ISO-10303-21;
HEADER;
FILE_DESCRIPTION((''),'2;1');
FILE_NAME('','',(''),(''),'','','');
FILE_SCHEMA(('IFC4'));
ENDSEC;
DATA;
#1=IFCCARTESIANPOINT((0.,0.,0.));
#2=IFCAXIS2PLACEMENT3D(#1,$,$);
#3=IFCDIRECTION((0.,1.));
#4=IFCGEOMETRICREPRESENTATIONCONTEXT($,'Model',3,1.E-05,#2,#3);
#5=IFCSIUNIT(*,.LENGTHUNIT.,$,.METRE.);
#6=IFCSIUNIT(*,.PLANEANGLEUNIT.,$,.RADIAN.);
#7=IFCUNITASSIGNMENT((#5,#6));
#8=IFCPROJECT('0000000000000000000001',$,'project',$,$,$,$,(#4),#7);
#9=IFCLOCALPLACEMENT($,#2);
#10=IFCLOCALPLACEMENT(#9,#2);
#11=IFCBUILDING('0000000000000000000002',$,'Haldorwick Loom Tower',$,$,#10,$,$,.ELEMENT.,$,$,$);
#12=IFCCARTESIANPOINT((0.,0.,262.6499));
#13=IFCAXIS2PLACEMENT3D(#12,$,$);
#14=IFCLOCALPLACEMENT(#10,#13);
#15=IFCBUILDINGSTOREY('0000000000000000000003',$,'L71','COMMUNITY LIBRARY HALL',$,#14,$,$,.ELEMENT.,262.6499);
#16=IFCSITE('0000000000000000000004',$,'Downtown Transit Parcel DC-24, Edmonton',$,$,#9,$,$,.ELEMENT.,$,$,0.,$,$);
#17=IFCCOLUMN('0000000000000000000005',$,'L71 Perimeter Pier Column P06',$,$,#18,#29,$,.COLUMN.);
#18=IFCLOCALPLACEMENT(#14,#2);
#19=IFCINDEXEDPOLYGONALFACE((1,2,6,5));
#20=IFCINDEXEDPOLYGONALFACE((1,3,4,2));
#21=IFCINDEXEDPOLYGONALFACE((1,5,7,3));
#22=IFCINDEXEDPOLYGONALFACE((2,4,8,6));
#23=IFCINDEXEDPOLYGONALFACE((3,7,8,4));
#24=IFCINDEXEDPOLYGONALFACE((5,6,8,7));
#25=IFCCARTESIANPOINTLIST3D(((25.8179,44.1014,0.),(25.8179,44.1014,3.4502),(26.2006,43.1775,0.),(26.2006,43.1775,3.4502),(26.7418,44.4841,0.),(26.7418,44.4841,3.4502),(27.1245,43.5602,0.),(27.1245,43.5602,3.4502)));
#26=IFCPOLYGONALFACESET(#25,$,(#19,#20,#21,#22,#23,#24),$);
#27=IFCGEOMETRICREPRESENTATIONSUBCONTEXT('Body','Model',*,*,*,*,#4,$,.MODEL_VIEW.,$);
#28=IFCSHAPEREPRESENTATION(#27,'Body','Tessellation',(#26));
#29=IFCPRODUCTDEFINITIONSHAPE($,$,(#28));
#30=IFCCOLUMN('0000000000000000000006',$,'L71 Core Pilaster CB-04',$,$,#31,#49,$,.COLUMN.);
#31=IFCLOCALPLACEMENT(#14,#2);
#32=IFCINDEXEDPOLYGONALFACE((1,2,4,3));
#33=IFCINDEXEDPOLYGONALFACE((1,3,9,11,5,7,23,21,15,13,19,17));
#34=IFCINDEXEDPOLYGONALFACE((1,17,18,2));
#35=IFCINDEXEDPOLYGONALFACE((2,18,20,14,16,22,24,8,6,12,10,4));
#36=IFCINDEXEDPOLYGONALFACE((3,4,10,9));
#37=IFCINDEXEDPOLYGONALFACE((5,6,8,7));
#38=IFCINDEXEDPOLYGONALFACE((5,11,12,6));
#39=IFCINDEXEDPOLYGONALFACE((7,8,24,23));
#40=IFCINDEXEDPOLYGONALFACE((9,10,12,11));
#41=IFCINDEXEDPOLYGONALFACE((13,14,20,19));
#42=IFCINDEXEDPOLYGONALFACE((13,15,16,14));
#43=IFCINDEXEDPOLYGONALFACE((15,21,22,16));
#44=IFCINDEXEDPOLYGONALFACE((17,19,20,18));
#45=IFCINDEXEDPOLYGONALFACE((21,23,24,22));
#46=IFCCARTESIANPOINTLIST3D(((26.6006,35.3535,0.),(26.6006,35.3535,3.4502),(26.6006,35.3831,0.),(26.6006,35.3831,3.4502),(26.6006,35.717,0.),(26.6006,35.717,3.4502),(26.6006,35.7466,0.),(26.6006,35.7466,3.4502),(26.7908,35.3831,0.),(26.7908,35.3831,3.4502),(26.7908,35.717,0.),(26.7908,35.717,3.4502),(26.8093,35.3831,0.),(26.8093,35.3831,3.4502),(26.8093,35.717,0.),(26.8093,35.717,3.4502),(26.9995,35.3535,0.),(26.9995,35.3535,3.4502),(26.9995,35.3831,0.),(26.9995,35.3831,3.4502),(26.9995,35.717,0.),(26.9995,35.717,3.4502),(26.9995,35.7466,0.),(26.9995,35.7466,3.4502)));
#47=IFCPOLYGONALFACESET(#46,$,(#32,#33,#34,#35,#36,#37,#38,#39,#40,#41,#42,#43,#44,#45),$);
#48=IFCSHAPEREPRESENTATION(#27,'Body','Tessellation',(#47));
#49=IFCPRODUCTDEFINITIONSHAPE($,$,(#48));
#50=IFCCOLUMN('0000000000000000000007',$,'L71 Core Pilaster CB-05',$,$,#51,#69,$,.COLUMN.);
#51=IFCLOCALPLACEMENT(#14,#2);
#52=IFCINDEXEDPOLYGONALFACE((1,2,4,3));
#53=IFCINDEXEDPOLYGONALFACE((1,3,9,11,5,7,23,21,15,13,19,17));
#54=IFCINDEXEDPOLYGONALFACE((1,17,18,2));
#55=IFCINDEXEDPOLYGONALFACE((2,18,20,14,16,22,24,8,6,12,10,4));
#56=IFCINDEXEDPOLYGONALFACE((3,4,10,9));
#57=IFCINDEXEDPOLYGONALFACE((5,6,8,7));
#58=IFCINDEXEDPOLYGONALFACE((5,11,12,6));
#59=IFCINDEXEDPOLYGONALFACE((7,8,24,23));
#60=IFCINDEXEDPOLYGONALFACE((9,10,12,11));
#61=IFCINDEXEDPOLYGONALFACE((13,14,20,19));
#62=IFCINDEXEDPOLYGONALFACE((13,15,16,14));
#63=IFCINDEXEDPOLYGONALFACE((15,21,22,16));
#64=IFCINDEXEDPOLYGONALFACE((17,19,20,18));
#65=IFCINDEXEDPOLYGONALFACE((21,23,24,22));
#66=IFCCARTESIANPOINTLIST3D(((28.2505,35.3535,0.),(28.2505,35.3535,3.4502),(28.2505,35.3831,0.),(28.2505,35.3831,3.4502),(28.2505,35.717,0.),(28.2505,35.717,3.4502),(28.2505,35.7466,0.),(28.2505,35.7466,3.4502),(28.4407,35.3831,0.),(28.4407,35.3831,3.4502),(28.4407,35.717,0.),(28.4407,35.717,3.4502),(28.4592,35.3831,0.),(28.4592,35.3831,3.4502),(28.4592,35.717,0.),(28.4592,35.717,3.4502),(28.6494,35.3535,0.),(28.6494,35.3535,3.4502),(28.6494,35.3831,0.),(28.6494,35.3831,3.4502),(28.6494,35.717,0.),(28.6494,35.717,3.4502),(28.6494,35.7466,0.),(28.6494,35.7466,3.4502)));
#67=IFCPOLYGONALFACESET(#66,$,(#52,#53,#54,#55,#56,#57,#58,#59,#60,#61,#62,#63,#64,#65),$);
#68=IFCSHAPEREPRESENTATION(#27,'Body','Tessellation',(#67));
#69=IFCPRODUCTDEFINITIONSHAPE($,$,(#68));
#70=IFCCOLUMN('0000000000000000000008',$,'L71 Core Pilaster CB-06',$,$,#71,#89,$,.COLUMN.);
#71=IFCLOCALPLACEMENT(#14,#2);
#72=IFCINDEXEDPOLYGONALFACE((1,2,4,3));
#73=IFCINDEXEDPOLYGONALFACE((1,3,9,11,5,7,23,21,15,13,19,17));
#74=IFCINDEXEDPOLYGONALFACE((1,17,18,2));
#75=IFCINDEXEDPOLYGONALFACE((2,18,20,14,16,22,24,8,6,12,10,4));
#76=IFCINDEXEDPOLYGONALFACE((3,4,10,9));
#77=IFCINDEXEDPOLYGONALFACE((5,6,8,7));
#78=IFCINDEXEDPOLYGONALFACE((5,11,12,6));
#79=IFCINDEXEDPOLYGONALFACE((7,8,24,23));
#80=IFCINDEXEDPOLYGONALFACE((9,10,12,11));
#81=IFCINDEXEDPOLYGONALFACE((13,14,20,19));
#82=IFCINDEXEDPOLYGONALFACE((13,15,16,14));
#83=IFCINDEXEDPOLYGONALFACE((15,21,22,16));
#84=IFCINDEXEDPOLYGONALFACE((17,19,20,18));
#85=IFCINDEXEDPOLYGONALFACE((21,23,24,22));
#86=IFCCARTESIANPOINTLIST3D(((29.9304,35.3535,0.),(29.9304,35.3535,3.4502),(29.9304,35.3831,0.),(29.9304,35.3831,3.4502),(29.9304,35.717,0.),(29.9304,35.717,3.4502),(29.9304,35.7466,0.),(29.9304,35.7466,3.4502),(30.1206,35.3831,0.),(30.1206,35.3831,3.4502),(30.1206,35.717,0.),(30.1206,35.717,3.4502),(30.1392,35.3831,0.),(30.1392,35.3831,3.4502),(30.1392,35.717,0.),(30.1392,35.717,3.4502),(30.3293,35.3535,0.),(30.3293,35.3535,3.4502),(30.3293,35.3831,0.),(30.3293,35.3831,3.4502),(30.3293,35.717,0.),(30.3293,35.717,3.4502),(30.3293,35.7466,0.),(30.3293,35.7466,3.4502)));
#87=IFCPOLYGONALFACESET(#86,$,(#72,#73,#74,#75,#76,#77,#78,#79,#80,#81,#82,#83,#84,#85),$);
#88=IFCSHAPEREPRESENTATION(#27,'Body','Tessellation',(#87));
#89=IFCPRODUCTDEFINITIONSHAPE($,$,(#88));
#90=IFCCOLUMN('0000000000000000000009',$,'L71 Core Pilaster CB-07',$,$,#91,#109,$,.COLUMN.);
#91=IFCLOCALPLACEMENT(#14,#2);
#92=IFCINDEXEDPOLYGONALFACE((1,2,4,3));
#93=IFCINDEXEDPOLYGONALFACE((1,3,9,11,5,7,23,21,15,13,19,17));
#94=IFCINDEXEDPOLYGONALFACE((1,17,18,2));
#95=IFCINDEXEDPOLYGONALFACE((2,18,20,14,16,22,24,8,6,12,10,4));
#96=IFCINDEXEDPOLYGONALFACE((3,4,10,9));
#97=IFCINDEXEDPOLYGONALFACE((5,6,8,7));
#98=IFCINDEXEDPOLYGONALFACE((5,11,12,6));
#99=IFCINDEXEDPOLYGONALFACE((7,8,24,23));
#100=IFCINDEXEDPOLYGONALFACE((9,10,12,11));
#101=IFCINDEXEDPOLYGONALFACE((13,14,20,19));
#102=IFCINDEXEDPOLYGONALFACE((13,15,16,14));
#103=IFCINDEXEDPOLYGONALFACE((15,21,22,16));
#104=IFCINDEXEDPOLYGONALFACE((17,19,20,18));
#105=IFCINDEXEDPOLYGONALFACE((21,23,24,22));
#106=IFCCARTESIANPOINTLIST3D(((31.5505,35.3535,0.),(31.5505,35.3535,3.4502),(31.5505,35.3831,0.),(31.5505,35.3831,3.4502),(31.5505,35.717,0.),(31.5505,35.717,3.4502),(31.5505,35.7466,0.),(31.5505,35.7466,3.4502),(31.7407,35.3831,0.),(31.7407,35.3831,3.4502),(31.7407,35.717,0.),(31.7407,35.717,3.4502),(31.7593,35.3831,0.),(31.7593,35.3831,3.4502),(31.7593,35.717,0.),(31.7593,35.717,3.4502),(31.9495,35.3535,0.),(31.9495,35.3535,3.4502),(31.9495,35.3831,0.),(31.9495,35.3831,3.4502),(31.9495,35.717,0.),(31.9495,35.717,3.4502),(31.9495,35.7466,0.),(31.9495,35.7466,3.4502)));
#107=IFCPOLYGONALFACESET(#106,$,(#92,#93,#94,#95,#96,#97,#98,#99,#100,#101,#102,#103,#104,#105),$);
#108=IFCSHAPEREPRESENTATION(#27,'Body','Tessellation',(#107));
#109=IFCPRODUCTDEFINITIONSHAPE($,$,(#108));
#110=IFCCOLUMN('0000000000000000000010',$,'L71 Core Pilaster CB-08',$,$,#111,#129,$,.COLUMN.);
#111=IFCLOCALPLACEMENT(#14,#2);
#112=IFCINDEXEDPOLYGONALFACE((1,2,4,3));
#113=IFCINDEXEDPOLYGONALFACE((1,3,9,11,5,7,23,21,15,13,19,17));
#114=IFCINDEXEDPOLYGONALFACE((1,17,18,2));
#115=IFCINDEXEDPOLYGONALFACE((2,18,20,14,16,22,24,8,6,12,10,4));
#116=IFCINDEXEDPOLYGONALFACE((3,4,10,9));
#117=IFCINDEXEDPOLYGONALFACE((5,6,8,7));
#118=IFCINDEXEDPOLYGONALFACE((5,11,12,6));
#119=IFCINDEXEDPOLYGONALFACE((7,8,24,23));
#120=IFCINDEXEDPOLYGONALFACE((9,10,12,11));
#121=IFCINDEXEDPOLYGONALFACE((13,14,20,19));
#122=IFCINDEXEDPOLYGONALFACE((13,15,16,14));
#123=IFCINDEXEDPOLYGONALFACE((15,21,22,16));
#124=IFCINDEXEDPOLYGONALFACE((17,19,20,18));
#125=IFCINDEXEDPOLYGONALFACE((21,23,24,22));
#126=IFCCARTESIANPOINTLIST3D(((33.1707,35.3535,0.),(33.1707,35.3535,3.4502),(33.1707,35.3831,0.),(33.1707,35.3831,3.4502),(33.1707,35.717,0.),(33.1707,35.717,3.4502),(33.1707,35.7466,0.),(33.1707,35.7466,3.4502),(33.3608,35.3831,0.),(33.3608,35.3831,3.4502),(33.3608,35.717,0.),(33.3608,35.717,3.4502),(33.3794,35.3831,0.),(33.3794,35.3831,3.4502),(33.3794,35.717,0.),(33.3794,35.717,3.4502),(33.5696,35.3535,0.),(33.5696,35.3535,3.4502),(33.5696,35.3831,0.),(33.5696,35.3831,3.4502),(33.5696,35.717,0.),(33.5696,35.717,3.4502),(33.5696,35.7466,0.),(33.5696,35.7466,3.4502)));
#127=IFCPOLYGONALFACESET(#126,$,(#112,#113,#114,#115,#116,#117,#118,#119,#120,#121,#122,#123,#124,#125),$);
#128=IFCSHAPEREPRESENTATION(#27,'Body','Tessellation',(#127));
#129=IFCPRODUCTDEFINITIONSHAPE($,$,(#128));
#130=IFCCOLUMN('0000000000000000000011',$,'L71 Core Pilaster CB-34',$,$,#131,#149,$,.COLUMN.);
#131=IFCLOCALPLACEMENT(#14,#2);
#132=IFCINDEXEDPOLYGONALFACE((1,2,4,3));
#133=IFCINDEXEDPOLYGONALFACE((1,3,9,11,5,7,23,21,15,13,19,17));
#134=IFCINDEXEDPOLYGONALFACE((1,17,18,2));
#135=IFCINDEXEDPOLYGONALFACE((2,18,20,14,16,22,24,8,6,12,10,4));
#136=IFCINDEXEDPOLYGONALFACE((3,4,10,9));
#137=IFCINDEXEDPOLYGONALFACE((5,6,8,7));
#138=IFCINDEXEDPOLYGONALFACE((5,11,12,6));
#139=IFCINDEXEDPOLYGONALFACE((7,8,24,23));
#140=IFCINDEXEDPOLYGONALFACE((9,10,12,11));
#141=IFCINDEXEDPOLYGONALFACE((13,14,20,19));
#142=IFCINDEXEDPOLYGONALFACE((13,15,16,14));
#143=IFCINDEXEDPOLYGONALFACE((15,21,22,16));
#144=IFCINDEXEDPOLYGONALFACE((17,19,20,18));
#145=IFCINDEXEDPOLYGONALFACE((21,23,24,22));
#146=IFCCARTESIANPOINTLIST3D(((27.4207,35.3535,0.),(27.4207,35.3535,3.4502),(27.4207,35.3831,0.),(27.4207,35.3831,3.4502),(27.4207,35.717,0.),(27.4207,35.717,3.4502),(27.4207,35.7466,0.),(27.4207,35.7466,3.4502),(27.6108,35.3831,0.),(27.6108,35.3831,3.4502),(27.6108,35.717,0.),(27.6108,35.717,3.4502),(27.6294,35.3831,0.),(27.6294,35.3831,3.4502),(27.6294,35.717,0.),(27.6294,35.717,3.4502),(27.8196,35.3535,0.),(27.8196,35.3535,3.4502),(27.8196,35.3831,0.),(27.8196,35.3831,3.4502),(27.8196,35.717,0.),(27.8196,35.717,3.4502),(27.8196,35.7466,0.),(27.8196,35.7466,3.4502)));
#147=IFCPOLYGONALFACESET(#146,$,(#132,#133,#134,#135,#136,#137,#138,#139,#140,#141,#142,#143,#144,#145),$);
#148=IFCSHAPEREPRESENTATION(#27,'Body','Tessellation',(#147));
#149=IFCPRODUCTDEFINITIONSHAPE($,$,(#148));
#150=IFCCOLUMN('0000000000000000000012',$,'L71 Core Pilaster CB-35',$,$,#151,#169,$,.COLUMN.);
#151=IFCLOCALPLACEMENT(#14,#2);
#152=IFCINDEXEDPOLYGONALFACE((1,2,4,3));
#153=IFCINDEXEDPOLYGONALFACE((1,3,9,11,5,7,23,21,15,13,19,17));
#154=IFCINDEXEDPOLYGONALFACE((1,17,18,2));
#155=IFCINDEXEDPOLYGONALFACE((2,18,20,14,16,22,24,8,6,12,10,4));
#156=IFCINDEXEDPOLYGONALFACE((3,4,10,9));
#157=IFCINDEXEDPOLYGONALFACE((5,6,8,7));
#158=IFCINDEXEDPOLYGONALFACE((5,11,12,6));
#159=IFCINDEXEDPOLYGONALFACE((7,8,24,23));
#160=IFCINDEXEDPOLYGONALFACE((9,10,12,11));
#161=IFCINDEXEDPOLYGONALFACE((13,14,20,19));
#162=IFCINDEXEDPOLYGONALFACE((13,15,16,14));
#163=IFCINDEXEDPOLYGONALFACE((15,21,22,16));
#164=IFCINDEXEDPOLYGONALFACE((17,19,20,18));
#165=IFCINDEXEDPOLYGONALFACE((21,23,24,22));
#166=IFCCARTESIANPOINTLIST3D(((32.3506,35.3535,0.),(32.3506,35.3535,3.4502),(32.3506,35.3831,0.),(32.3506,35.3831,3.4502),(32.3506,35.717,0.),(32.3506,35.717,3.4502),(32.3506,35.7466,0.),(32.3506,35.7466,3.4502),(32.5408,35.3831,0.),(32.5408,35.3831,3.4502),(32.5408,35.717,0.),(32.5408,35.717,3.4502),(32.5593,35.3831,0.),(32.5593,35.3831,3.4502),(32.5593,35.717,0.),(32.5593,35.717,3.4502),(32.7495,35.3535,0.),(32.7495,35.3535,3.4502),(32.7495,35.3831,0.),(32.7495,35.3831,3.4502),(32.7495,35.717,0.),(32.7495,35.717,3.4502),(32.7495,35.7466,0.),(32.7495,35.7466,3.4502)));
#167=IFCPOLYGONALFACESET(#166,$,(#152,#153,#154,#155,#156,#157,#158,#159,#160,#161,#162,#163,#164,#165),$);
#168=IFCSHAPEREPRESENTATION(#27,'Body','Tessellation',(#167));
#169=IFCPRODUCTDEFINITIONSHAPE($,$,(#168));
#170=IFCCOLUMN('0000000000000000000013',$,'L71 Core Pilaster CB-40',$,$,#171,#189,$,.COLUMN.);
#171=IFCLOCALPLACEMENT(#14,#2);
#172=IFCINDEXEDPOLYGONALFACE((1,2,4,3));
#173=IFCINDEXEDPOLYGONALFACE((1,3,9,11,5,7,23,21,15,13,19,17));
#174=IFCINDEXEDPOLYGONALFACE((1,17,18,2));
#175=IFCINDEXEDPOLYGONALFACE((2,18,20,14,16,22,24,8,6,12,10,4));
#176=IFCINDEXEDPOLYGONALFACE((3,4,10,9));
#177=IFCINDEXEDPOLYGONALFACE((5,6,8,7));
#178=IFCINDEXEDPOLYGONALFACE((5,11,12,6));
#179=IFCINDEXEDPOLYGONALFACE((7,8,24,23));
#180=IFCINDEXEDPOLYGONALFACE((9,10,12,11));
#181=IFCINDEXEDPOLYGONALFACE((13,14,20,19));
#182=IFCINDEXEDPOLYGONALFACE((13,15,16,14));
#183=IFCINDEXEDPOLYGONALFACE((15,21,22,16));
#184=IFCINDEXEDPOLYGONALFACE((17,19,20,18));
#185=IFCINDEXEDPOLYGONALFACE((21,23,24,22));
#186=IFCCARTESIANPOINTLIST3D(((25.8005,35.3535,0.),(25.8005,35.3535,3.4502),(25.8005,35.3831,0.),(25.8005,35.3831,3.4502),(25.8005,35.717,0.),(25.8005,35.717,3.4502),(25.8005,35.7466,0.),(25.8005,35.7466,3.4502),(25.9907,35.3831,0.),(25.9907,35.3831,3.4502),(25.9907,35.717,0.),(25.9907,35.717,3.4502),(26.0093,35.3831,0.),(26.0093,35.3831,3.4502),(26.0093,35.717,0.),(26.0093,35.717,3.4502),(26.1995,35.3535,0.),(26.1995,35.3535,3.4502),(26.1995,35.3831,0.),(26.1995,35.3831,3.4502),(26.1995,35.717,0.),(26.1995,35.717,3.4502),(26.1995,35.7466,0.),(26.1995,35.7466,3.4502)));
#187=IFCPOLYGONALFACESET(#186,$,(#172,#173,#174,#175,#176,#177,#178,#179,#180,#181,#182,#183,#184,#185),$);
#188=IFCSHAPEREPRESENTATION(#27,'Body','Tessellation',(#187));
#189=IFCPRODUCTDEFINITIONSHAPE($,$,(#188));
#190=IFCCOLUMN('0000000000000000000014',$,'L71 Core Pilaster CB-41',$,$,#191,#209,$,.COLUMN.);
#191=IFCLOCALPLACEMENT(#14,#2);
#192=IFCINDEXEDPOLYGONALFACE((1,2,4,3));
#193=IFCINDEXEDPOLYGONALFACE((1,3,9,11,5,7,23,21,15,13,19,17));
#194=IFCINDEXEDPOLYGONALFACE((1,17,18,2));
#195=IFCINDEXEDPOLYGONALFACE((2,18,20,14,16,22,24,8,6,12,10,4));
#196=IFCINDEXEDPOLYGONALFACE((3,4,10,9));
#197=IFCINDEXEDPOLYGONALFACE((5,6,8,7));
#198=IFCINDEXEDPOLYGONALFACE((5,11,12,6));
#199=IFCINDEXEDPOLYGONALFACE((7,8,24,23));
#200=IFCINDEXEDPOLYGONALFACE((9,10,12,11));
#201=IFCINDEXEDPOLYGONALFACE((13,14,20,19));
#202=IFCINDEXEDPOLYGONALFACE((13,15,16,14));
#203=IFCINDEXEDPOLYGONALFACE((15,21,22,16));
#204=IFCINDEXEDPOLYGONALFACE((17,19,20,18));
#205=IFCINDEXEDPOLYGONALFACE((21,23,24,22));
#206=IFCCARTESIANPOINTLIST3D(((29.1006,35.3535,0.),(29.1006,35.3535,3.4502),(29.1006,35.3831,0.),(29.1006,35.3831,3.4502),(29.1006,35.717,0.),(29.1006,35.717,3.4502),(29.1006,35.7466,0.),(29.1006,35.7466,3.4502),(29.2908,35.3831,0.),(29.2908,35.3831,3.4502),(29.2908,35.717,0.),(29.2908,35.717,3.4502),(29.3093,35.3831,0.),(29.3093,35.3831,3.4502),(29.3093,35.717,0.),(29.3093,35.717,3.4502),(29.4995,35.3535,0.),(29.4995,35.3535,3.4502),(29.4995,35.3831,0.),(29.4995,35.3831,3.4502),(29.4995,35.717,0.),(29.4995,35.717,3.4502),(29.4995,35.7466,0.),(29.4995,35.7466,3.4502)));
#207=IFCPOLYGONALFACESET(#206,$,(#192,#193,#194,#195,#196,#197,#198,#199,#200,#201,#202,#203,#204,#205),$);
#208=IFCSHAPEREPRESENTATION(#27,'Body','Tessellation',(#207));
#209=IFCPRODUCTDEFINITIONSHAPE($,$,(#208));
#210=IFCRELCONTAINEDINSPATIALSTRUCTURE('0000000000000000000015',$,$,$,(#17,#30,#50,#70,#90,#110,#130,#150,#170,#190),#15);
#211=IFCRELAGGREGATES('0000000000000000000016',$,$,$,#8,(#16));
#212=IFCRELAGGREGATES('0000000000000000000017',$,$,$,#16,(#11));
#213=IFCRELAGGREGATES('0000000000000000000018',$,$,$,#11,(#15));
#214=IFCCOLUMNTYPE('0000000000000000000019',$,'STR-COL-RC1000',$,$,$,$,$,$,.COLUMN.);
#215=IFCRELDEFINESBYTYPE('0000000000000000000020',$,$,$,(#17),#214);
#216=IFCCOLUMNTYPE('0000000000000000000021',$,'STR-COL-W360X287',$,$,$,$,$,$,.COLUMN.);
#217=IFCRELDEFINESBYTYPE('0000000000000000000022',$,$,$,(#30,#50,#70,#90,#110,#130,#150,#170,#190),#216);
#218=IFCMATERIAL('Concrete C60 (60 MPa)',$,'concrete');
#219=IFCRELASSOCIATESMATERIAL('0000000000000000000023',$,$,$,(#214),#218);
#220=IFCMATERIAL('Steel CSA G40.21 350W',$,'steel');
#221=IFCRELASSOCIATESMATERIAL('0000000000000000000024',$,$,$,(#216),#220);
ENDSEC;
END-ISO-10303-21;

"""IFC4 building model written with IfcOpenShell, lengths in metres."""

from ifc_helpers import new_model, si_unit, direction, frame, origin, origin_2d, place, context, subcontext, project, spatial, rectangle, i_section, extrude, material, material_profile, profile_set, type_object, element, save


model = new_model("IFC4")

# Units and contexts
model_context = context("Model", 3, precision=1e-05, world=origin(), true_north=direction((0.0, 1.0)))
body_context = subcontext(model_context, "Body", "Model", "MODEL_VIEW")
ifc_project = project(units=[si_unit("LENGTHUNIT", "METRE"), si_unit("PLANEANGLEUNIT", "RADIAN")], contexts=[model_context])

# Site, building, storey
site_placement = place(None, origin())
site = spatial("IfcSite", under=ifc_project, at=site_placement, Name="Downtown Transit Parcel DC-24, Edmonton", CompositionType="ELEMENT", RefElevation=0.0)
building_placement = place(site_placement, origin())
building = spatial("IfcBuilding", under=site, at=building_placement, Name="Haldorwick Loom Tower", CompositionType="ELEMENT")
storey_placement = place(building_placement, frame((0.0, 0.0, 262.6499)))
storey = spatial("IfcBuildingStorey", under=building, at=storey_placement, Name="L71", Description="COMMUNITY LIBRARY HALL", CompositionType="ELEMENT", Elevation=262.6499)

# Columns
ifc_material_1 = material(Name="Concrete C60 (60 MPa)", Category="concrete")
ifc_material_profile_1 = material_profile(ifc_material_1, rectangle(XDim=1.0, YDim=1.0, at=origin_2d()), Name="RC1000X1000", Category="concrete")
ifc_profile_set_1 = profile_set([ifc_material_profile_1], Name="Concrete C60 (60 MPa)")
column_type_1 = type_object("IfcColumnType", Name="STR-COL-RC1000", PredefinedType="COLUMN", material=ifc_profile_set_1)
column_placement = place(storey_placement, frame((26.4712, 43.8308, 0.0), z_axis=(0.0, 0.0, 1.0), x_axis=(-0.382683, 0.92388, 0.0)))
element("IfcColumn", 1, at=column_placement, inside=storey, type_object=column_type_1, Name="L71 Perimeter Pier Column P06", PredefinedType="COLUMN", context=body_context, shape_type="SweptSolid", body=[
    extrude(rectangle(XDim=1.0, YDim=1.0, at=origin_2d()), origin(), (0.0, 0.0, 1.0), 3.4502),
])
ifc_material_2 = material(Name="Steel CSA G40.21 350W", Category="steel")
ifc_material_profile_2 = material_profile(ifc_material_2, i_section(OverallWidth=0.3989, OverallDepth=0.3931, WebThickness=0.0186, FlangeThickness=0.0295, at=origin_2d()), Name="W360X287", Category="steel")
ifc_profile_set_2 = profile_set([ifc_material_profile_2], Name="Steel CSA G40.21 350W")
column_type_2 = type_object("IfcColumnType", Name="STR-COL-W360X287", PredefinedType="COLUMN", material=ifc_profile_set_2)
for number, where, z_axis, x_axis, name in (
    (2, (26.8, 35.55, 0.0), (0.0, 0.0, 1.0), (1.0, 0.0, 0.0), "L71 Core Pilaster CB-04"),
    (3, (28.45, 35.55, 0.0), (0.0, 0.0, 1.0), (1.0, 0.0, 0.0), "L71 Core Pilaster CB-05"),
    (4, (30.1299, 35.55, 0.0), (0.0, 0.0, 1.0), (1.0, 0.0, 0.0), "L71 Core Pilaster CB-06"),
    (5, (31.75, 35.55, 0.0), (0.0, 0.0, 1.0), (1.0, 0.0, 0.0), "L71 Core Pilaster CB-07"),
    (6, (33.3701, 35.55, 0.0), (0.0, 0.0, 1.0), (1.0, 0.0, 0.0), "L71 Core Pilaster CB-08"),
    (7, (27.6201, 35.55, 0.0), (0.0, 0.0, 1.0), (1.0, 0.0, 0.0), "L71 Core Pilaster CB-34"),
    (8, (32.55, 35.55, 0.0), (0.0, 0.0, 1.0), (1.0, 0.0, 0.0), "L71 Core Pilaster CB-35"),
    (9, (26.0, 35.55, 0.0), (0.0, 0.0, 1.0), (1.0, 0.0, 0.0), "L71 Core Pilaster CB-40"),
    (10, (29.3, 35.55, 0.0), (0.0, 0.0, 1.0), (1.0, 0.0, 0.0), "L71 Core Pilaster CB-41"),
):
    element("IfcColumn", number, at=place(storey_placement, frame(where, z_axis=z_axis, x_axis=x_axis)), inside=storey, type_object=column_type_2, Name=name, PredefinedType="COLUMN", context=body_context, shape_type="SweptSolid", body=[
        extrude(i_section(OverallWidth=0.3989, OverallDepth=0.3931, WebThickness=0.0186, FlangeThickness=0.0295, at=origin_2d()), origin(), (0.0, 0.0, 1.0), 3.4502),
    ])

save(model, "model.ifc")
